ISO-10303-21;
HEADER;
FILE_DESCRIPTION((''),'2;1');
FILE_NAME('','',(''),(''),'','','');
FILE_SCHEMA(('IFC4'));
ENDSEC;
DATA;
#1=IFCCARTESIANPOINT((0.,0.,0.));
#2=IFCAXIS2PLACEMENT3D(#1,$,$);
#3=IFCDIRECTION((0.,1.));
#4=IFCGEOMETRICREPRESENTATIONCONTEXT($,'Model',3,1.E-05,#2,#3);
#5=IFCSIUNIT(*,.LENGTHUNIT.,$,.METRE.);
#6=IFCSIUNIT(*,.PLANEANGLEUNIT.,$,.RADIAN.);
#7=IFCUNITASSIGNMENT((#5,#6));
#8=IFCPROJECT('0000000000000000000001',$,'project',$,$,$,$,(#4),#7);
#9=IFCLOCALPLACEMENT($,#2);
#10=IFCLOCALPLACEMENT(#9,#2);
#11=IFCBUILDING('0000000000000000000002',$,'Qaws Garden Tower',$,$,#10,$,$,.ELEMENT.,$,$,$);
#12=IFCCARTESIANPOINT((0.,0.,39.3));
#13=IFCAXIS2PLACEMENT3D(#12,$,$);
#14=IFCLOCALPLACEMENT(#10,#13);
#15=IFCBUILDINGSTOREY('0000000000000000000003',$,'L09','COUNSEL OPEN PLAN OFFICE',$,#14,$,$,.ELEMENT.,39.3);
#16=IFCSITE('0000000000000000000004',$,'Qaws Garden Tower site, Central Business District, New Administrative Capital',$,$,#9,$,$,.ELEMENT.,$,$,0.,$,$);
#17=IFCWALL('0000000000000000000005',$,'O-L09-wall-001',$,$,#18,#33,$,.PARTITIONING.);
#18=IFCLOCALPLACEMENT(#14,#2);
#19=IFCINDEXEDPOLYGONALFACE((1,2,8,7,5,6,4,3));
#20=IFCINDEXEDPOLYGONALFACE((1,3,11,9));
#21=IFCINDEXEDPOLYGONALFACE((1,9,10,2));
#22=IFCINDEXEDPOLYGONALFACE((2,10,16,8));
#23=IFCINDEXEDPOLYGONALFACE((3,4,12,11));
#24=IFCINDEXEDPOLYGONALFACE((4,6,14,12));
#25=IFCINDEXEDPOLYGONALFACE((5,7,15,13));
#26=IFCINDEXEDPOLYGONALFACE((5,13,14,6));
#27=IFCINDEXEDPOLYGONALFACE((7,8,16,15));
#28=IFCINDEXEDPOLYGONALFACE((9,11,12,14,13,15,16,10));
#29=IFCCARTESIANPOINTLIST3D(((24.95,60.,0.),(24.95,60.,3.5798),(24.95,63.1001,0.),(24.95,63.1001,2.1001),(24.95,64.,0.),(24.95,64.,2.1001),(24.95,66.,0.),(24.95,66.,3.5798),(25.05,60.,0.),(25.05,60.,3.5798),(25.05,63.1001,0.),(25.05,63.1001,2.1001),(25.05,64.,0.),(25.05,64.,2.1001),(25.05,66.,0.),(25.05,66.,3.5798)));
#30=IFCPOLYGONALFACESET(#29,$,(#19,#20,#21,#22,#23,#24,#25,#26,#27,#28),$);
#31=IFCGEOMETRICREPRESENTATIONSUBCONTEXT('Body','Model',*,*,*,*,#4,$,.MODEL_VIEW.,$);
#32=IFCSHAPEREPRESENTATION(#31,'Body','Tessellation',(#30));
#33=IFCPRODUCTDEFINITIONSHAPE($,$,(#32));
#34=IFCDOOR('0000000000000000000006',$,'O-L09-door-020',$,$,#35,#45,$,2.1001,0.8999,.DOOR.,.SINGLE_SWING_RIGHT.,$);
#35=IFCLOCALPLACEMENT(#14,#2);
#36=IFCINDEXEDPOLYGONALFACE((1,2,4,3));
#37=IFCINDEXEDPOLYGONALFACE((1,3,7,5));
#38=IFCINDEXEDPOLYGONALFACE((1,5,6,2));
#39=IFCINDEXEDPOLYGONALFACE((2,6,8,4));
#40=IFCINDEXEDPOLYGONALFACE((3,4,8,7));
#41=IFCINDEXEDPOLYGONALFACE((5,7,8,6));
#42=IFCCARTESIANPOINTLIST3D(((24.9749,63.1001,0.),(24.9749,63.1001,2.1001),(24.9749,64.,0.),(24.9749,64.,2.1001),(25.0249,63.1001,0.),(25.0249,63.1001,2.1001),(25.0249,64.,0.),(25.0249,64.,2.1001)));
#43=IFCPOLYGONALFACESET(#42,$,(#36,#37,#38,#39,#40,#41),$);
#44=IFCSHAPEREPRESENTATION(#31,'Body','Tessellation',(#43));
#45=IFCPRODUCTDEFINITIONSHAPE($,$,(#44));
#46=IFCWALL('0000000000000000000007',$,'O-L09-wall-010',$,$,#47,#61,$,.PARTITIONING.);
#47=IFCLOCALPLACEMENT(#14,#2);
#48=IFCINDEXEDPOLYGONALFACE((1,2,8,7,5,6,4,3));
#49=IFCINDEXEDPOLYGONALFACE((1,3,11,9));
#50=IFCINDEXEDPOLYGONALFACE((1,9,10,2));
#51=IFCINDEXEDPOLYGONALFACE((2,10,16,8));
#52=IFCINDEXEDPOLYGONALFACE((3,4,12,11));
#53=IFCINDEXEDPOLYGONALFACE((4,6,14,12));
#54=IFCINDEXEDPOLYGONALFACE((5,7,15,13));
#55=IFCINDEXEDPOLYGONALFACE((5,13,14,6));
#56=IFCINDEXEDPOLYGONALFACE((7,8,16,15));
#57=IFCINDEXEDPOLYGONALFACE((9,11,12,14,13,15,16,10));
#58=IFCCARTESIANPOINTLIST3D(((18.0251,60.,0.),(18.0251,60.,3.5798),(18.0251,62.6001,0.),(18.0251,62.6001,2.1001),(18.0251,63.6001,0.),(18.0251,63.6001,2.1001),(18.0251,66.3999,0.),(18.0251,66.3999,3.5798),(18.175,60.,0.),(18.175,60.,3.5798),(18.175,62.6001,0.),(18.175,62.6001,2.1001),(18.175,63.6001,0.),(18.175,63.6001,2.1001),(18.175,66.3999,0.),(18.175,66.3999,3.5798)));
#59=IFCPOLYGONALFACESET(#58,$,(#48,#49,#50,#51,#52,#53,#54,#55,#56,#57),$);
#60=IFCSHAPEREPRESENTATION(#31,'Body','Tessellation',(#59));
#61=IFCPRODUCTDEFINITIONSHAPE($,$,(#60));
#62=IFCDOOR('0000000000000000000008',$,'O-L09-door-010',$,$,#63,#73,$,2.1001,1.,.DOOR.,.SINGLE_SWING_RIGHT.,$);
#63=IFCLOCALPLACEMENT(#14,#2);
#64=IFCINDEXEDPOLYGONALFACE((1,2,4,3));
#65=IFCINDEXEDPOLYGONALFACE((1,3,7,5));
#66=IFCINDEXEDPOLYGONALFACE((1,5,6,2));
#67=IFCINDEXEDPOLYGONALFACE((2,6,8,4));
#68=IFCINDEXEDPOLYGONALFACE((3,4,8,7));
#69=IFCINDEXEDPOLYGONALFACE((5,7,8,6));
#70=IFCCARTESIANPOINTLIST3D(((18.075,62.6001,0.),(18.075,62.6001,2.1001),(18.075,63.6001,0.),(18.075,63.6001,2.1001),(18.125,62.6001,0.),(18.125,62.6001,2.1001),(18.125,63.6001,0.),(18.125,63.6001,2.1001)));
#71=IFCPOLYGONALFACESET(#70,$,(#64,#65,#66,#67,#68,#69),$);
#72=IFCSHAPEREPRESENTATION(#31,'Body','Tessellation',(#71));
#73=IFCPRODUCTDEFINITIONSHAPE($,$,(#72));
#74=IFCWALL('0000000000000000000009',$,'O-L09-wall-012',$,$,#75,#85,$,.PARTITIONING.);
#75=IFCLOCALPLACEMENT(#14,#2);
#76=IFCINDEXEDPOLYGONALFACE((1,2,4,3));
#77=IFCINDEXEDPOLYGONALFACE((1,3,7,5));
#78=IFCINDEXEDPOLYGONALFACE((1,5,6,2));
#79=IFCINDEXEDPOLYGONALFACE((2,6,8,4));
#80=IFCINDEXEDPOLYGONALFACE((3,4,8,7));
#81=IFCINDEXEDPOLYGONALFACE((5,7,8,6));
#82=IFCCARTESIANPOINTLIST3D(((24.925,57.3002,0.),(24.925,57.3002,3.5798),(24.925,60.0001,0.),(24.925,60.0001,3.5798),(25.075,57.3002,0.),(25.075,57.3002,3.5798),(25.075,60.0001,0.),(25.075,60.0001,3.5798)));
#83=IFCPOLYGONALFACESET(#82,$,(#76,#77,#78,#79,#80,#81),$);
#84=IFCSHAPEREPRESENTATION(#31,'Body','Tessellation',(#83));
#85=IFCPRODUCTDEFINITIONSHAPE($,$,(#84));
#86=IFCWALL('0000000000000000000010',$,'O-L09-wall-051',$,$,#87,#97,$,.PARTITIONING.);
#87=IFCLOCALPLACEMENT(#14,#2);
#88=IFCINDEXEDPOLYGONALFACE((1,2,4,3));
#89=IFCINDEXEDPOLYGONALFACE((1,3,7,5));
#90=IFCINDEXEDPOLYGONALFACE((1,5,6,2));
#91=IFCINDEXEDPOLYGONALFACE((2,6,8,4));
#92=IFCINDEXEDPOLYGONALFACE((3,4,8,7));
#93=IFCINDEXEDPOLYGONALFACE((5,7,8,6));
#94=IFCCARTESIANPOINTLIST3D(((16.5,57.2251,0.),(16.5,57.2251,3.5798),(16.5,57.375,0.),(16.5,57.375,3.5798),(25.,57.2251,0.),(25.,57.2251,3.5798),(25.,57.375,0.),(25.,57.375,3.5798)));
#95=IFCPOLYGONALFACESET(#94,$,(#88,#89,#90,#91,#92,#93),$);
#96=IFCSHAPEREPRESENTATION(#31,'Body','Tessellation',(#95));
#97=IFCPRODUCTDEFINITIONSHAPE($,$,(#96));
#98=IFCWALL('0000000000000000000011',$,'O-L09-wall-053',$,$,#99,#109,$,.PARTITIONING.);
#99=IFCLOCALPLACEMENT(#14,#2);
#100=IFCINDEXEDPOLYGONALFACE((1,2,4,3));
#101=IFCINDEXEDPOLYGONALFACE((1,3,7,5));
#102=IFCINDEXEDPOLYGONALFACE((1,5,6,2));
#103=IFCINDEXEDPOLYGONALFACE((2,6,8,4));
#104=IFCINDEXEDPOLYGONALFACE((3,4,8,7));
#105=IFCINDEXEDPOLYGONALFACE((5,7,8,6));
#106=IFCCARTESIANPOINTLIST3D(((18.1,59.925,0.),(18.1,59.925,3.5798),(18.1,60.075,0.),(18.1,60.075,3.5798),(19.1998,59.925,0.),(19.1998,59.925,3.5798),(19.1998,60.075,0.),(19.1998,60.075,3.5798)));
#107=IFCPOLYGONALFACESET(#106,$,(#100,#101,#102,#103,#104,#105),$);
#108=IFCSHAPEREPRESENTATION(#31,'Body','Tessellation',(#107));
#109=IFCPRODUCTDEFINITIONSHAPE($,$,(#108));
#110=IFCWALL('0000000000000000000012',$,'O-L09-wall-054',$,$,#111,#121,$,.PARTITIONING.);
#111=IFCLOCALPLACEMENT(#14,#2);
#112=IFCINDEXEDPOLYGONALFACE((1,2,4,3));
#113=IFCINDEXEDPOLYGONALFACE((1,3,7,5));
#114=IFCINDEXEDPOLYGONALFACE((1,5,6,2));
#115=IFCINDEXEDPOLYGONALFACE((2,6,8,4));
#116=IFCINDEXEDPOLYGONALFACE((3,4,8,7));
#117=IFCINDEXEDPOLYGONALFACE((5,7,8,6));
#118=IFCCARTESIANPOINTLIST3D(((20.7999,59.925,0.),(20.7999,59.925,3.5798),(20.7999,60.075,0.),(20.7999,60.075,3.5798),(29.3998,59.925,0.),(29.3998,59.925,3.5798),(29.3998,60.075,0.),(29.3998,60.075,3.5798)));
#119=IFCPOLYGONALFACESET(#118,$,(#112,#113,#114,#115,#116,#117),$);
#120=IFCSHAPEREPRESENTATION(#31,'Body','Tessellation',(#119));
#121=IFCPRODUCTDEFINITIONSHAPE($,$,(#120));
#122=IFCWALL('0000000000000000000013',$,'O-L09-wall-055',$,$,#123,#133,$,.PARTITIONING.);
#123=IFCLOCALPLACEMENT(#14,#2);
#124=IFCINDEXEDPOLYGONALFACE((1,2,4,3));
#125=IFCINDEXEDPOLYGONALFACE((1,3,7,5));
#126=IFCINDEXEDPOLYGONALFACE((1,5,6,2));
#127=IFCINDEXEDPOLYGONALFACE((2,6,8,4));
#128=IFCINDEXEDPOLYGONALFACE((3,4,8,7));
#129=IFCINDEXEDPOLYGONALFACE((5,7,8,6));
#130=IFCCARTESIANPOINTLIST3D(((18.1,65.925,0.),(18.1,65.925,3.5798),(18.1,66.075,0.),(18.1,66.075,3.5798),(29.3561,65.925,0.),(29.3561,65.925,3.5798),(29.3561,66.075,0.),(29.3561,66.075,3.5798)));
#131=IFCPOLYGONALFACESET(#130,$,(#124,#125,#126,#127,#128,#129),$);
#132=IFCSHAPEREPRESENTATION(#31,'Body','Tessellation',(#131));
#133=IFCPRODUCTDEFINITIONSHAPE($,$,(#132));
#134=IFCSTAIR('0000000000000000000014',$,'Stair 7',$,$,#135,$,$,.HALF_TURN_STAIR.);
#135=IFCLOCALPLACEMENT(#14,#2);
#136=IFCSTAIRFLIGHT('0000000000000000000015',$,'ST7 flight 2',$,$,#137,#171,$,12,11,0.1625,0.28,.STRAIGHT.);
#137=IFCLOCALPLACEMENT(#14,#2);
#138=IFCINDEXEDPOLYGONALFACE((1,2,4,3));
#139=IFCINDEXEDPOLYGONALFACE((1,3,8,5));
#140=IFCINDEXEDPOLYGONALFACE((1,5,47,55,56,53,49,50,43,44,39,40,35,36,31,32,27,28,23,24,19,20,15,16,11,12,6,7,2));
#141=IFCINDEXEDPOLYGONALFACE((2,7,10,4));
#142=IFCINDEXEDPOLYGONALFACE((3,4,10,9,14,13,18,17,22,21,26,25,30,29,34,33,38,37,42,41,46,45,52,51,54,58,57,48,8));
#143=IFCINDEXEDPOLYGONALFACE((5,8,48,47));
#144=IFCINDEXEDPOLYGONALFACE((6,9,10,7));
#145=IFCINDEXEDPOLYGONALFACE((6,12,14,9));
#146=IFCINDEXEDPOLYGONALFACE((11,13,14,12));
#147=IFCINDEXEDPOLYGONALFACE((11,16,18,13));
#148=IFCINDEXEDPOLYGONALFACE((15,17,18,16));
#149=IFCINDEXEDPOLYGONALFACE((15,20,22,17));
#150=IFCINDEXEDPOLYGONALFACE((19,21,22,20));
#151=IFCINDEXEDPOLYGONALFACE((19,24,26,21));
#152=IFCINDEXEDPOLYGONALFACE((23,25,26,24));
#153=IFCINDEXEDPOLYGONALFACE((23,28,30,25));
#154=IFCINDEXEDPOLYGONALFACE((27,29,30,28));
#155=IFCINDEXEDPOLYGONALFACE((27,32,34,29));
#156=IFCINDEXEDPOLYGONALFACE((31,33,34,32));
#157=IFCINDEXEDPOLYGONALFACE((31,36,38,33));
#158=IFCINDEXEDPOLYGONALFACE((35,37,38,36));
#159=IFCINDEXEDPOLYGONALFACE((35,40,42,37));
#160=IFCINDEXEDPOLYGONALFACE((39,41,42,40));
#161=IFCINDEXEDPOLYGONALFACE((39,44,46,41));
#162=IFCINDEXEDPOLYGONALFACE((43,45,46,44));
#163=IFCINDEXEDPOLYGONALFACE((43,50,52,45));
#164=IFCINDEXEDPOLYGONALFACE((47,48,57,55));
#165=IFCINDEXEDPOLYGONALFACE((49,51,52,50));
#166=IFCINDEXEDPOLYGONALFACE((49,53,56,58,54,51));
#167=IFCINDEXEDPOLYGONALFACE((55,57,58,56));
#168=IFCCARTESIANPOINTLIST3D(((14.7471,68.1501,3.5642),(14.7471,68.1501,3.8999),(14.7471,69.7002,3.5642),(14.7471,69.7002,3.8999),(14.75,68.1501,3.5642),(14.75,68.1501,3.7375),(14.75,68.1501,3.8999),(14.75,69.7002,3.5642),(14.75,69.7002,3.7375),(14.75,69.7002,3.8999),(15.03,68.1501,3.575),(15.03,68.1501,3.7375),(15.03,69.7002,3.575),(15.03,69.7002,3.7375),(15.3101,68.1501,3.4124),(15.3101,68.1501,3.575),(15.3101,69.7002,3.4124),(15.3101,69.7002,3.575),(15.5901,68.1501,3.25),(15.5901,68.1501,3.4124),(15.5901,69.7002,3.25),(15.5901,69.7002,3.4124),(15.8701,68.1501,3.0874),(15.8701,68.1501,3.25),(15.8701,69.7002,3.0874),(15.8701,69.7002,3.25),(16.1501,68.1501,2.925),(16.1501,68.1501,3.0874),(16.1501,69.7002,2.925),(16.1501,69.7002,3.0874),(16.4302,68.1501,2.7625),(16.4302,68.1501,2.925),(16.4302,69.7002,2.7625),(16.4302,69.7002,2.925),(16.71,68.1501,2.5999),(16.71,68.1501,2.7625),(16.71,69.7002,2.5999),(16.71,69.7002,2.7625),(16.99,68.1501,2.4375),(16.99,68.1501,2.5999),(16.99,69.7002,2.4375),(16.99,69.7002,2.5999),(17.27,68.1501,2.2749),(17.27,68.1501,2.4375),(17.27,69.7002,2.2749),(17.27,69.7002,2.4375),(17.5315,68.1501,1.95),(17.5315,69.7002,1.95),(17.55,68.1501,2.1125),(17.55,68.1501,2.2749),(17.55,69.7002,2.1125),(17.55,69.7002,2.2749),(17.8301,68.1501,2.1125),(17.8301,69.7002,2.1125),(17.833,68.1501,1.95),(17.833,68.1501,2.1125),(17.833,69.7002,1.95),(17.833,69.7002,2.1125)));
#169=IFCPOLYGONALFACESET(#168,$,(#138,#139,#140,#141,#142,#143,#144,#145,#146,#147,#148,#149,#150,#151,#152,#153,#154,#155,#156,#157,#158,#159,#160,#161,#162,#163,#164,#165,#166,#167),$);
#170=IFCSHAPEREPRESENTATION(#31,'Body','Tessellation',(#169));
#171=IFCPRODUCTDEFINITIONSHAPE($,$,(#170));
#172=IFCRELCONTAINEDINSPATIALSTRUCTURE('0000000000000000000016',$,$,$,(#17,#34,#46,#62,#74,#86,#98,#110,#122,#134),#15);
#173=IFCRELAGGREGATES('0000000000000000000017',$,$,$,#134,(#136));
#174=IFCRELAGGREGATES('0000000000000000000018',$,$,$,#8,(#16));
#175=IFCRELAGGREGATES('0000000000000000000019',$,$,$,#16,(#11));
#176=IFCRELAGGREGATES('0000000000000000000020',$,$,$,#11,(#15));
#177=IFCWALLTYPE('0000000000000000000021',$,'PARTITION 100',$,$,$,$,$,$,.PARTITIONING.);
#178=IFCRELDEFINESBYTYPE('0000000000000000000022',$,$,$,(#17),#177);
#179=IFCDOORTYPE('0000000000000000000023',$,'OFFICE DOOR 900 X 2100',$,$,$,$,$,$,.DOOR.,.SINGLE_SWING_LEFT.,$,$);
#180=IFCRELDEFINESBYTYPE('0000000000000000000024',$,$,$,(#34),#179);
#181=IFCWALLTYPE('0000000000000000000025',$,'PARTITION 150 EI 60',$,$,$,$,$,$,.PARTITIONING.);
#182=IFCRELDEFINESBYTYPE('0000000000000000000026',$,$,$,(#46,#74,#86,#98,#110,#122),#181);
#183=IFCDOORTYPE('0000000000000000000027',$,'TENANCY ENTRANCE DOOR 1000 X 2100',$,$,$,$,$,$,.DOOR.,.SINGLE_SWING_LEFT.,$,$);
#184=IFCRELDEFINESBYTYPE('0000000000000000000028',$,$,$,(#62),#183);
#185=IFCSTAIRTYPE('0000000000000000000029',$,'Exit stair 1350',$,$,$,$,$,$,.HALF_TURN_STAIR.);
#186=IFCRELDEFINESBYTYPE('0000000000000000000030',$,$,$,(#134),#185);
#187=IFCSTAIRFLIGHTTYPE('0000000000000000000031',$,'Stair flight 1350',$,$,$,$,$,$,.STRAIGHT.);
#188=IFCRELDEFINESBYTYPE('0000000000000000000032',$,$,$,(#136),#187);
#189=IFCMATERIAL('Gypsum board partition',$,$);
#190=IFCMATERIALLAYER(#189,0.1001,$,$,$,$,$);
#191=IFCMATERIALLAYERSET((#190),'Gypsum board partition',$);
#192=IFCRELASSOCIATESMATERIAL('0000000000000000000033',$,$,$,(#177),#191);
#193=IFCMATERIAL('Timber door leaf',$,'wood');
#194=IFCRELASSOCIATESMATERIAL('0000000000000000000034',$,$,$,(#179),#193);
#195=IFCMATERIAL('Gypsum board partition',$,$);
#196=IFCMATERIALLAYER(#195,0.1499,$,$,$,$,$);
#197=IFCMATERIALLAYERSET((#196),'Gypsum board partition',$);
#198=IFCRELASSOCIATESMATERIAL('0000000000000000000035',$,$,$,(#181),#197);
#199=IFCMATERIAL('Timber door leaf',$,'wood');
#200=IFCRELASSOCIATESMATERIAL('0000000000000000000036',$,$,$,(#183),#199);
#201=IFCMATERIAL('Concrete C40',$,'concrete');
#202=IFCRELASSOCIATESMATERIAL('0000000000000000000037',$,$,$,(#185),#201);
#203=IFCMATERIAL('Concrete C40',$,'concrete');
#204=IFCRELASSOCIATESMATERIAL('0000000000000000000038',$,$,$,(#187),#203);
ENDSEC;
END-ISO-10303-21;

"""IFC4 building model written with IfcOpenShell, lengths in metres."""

from ifc_helpers import new_model, si_unit, direction, frame, frame_2d, origin, place, context, subcontext, project, spatial, polyline, rectangle, outline, extrude, material, layer, layer_set, type_object, element, fill, aggregate, save


model = new_model("IFC4")

# Units and contexts
model_context = context("Model", 3, precision=1e-05, world=origin(), true_north=direction((0.0, 1.0)))
body_context = subcontext(model_context, "Body", "Model", "MODEL_VIEW")
ifc_project = project(units=[si_unit("LENGTHUNIT", "METRE"), si_unit("PLANEANGLEUNIT", "RADIAN")], contexts=[model_context])

# Site, building, storey
site_placement = place(None, origin())
site = spatial("IfcSite", under=ifc_project, at=site_placement, Name="Qaws Garden Tower site, Central Business District, New Administrative Capital", CompositionType="ELEMENT", RefElevation=0.0)
building_placement = place(site_placement, origin())
building = spatial("IfcBuilding", under=site, at=building_placement, Name="Qaws Garden Tower", CompositionType="ELEMENT")
storey_placement = place(building_placement, frame((0.0, 0.0, 39.3)))
storey = spatial("IfcBuildingStorey", under=building, at=storey_placement, Name="L09", Description="COUNSEL OPEN PLAN OFFICE", CompositionType="ELEMENT", Elevation=39.3)

# Walls, openings, doors
ifc_material_1 = material(Name="Gypsum board partition")
ifc_layer_1 = layer(ifc_material_1, 0.1001)
ifc_layer_set_1 = layer_set([ifc_layer_1], Name="Gypsum board partition")
wall_type_1 = type_object("IfcWallType", Name="PARTITION 100", PredefinedType="PARTITIONING", material=ifc_layer_set_1)
wall_1_placement = place(storey_placement, frame((25.0, 60.0, 0.0), z_axis=(0.0, 0.0, 1.0), x_axis=(0.0, 1.0, 0.0)))
wall_1 = element("IfcWall", 1, at=wall_1_placement, inside=storey, type_object=wall_type_1, Name="O-L09-wall-001", PredefinedType="PARTITIONING", context=body_context, shape_type="SweptSolid", body=[
    extrude(rectangle(XDim=6.0, YDim=0.1001, at=frame_2d((3.0, 0.0))), origin(), (0.0, 0.0, 1.0), 3.5798),
])
opening_1_placement = place(wall_1_placement, frame((3.1001, 0.0, 0.0)))
opening_1 = element("IfcOpeningElement", 2, at=opening_1_placement, cuts=wall_1, PredefinedType="OPENING", context=body_context, shape_type="SweptSolid", body=[
    extrude(rectangle(XDim=0.8999, YDim=2.1001, at=frame_2d((0.45, 1.05))), frame((0.0, 0.0601, 0.0), z_axis=(0.0, -1.0, 0.0), x_axis=(1.0, 0.0, 0.0)), (0.0, 0.0, 1.0), 0.1201),
])
ifc_material_2 = material(Name="Timber door leaf", Category="wood")
door_type_1 = type_object("IfcDoorType", Name="OFFICE DOOR 900 X 2100", OperationType="SINGLE_SWING_LEFT", PredefinedType="DOOR", material=ifc_material_2)
door_1_placement = place(opening_1_placement, frame((0.8999, 0.0, 0.0), z_axis=(0.0, 0.0, 1.0), x_axis=(-1.0, 0.0, 0.0)))
door_1 = element("IfcDoor", 3, at=door_1_placement, inside=storey, type_object=door_type_1, Name="O-L09-door-020", OperationType="SINGLE_SWING_RIGHT", OverallHeight=2.1001, OverallWidth=0.8999, PredefinedType="DOOR", context=body_context, shape_type="SweptSolid", body=[
    extrude(rectangle(XDim=0.8999, YDim=2.1001, at=frame_2d((0.45, 1.05))), frame((0.0, 0.0249, 0.0), z_axis=(0.0, -1.0, 0.0), x_axis=(1.0, 0.0, 0.0)), (0.0, 0.0, 1.0), 0.05),
])
fill(opening_1, door_1)
ifc_material_3 = material(Name="Gypsum board partition")
ifc_layer_2 = layer(ifc_material_3, 0.1499)
ifc_layer_set_2 = layer_set([ifc_layer_2], Name="Gypsum board partition")
wall_type_2 = type_object("IfcWallType", Name="PARTITION 150 EI 60", PredefinedType="PARTITIONING", material=ifc_layer_set_2)
wall_2_placement = place(storey_placement, frame((18.1001, 60.0, 0.0), z_axis=(0.0, 0.0, 1.0), x_axis=(0.0, 1.0, 0.0)))
wall_2 = element("IfcWall", 4, at=wall_2_placement, inside=storey, type_object=wall_type_2, Name="O-L09-wall-010", PredefinedType="PARTITIONING", context=body_context, shape_type="SweptSolid", body=[
    extrude(rectangle(XDim=6.3999, YDim=0.1499, at=frame_2d((3.2, 0.0))), origin(), (0.0, 0.0, 1.0), 3.5798),
])
opening_2_placement = place(wall_2_placement, frame((2.6001, 0.0, 0.0)))
opening_2 = element("IfcOpeningElement", 5, at=opening_2_placement, cuts=wall_2, PredefinedType="OPENING", context=body_context, shape_type="SweptSolid", body=[
    extrude(rectangle(XDim=1.0, YDim=2.1001, at=frame_2d((0.5, 1.05))), frame((0.0, 0.085, 0.0), z_axis=(0.0, -1.0, 0.0), x_axis=(1.0, 0.0, 0.0)), (0.0, 0.0, 1.0), 0.1699),
])
ifc_material_4 = material(Name="Timber door leaf", Category="wood")
door_type_2 = type_object("IfcDoorType", Name="TENANCY ENTRANCE DOOR 1000 X 2100", OperationType="SINGLE_SWING_LEFT", PredefinedType="DOOR", material=ifc_material_4)
door_2_placement = place(opening_2_placement, frame((1.0, 0.0, 0.0), z_axis=(0.0, 0.0, 1.0), x_axis=(-1.0, 0.0, 0.0)))
door_2 = element("IfcDoor", 6, at=door_2_placement, inside=storey, type_object=door_type_2, Name="O-L09-door-010", OperationType="SINGLE_SWING_RIGHT", OverallHeight=2.1001, OverallWidth=1.0, PredefinedType="DOOR", context=body_context, shape_type="SweptSolid", body=[
    extrude(rectangle(XDim=1.0, YDim=2.1001, at=frame_2d((0.5, 1.05))), frame((0.0, 0.0249, 0.0), z_axis=(0.0, -1.0, 0.0), x_axis=(1.0, 0.0, 0.0)), (0.0, 0.0, 1.0), 0.05),
])
fill(opening_2, door_2)

# Walls
wall_3_placement = place(storey_placement, frame((25.0, 57.3, 0.0), z_axis=(0.0, 0.0, 1.0), x_axis=(0.0, 1.0, 0.0)))
element("IfcWall", 7, at=wall_3_placement, inside=storey, type_object=wall_type_2, Name="O-L09-wall-012", PredefinedType="PARTITIONING", context=body_context, shape_type="SweptSolid", body=[
    extrude(rectangle(XDim=2.7, YDim=0.1499, at=frame_2d((1.3501, 0.0))), origin(), (0.0, 0.0, 1.0), 3.5798),
])
wall_4_placement = place(storey_placement, frame((16.5, 57.3, 0.0), z_axis=(0.0, 0.0, 1.0), x_axis=(1.0, 0.0, 0.0)))
element("IfcWall", 8, at=wall_4_placement, inside=storey, type_object=wall_type_2, Name="O-L09-wall-051", PredefinedType="PARTITIONING", context=body_context, shape_type="SweptSolid", body=[
    extrude(rectangle(XDim=8.5, YDim=0.1499, at=frame_2d((4.25, 0.0))), origin(), (0.0, 0.0, 1.0), 3.5798),
])
wall_5_placement = place(storey_placement, frame((18.1001, 60.0, 0.0), z_axis=(0.0, 0.0, 1.0), x_axis=(1.0, 0.0, 0.0)))
element("IfcWall", 9, at=wall_5_placement, inside=storey, type_object=wall_type_2, Name="O-L09-wall-053", PredefinedType="PARTITIONING", context=body_context, shape_type="SweptSolid", body=[
    extrude(rectangle(XDim=1.0999, YDim=0.1499, at=frame_2d((0.5498, 0.0))), origin(), (0.0, 0.0, 1.0), 3.5798),
])
wall_6_placement = place(storey_placement, frame((20.8, 60.0, 0.0), z_axis=(0.0, 0.0, 1.0), x_axis=(1.0, 0.0, 0.0)))
element("IfcWall", 10, at=wall_6_placement, inside=storey, type_object=wall_type_2, Name="O-L09-wall-054", PredefinedType="PARTITIONING", context=body_context, shape_type="SweptSolid", body=[
    extrude(rectangle(XDim=8.5999, YDim=0.1499, at=frame_2d((4.2998, 0.0))), origin(), (0.0, 0.0, 1.0), 3.5798),
])
wall_7_placement = place(storey_placement, frame((18.1001, 66.0, 0.0), z_axis=(0.0, 0.0, 1.0), x_axis=(1.0, 0.0, 0.0)))
element("IfcWall", 11, at=wall_7_placement, inside=storey, type_object=wall_type_2, Name="O-L09-wall-055", PredefinedType="PARTITIONING", context=body_context, shape_type="SweptSolid", body=[
    extrude(rectangle(XDim=11.2561, YDim=0.1499, at=frame_2d((5.6279, 0.0))), origin(), (0.0, 0.0, 1.0), 3.5798),
])

# Stair, stair flight
ifc_material_5 = material(Name="Concrete C40", Category="concrete")
stair_type = type_object("IfcStairType", Name="Exit stair 1350", PredefinedType="HALF_TURN_STAIR", material=ifc_material_5)
stair_placement = place(storey_placement, origin())
stair = element("IfcStair", 12, at=stair_placement, inside=storey, type_object=stair_type, Name="Stair 7", PredefinedType="HALF_TURN_STAIR")
ifc_material_6 = material(Name="Concrete C40", Category="concrete")
stair_flight_type = type_object("IfcStairFlightType", Name="Stair flight 1350", PredefinedType="STRAIGHT", material=ifc_material_6)
stair_flight_placement = place(storey_placement, frame((17.8301, 68.925, 1.95), z_axis=(0.0, 0.0, 1.0), x_axis=(-1.0, 0.0, 0.0)))
stair_flight = element("IfcStairFlight", 13, at=stair_flight_placement, type_object=stair_flight_type, Name="ST7 flight 2", NumberOfRisers=12, NumberOfTreads=11, PredefinedType="STRAIGHT", RiserHeight=0.1625, TreadLength=0.28, context=body_context, shape_type="SweptSolid", body=[
    extrude(outline(polyline([(-0.0029, 0.0), (-0.0029, 0.1626), (0.0, 0.1626), (0.28, 0.1626), (0.28, 0.325), (0.5601, 0.325), (0.5601, 0.4875), (0.8401, 0.4875), (0.8401, 0.6499), (1.1201, 0.6499), (1.1201, 0.8125), (1.3999, 0.8125), (1.3999, 0.9751), (1.6799, 0.9751), (1.6799, 1.1375), (1.96, 1.1375), (1.96, 1.3), (2.24, 1.3), (2.24, 1.4624), (2.52, 1.4624), (2.52, 1.625), (2.8, 1.625), (2.8, 1.7876), (3.0801, 1.7876), (3.0801, 1.95), (3.083, 1.95), (3.083, 1.6143), (3.0801, 1.6143), (0.2986, 0.0), (-0.0029, 0.0)])), frame((0.0, 0.7749, 0.0), z_axis=(0.0, -1.0, 0.0), x_axis=(1.0, 0.0, 0.0)), (0.0, 0.0, 1.0), 1.55),
])
aggregate(stair, [stair_flight])

save(model, "model.ifc")
